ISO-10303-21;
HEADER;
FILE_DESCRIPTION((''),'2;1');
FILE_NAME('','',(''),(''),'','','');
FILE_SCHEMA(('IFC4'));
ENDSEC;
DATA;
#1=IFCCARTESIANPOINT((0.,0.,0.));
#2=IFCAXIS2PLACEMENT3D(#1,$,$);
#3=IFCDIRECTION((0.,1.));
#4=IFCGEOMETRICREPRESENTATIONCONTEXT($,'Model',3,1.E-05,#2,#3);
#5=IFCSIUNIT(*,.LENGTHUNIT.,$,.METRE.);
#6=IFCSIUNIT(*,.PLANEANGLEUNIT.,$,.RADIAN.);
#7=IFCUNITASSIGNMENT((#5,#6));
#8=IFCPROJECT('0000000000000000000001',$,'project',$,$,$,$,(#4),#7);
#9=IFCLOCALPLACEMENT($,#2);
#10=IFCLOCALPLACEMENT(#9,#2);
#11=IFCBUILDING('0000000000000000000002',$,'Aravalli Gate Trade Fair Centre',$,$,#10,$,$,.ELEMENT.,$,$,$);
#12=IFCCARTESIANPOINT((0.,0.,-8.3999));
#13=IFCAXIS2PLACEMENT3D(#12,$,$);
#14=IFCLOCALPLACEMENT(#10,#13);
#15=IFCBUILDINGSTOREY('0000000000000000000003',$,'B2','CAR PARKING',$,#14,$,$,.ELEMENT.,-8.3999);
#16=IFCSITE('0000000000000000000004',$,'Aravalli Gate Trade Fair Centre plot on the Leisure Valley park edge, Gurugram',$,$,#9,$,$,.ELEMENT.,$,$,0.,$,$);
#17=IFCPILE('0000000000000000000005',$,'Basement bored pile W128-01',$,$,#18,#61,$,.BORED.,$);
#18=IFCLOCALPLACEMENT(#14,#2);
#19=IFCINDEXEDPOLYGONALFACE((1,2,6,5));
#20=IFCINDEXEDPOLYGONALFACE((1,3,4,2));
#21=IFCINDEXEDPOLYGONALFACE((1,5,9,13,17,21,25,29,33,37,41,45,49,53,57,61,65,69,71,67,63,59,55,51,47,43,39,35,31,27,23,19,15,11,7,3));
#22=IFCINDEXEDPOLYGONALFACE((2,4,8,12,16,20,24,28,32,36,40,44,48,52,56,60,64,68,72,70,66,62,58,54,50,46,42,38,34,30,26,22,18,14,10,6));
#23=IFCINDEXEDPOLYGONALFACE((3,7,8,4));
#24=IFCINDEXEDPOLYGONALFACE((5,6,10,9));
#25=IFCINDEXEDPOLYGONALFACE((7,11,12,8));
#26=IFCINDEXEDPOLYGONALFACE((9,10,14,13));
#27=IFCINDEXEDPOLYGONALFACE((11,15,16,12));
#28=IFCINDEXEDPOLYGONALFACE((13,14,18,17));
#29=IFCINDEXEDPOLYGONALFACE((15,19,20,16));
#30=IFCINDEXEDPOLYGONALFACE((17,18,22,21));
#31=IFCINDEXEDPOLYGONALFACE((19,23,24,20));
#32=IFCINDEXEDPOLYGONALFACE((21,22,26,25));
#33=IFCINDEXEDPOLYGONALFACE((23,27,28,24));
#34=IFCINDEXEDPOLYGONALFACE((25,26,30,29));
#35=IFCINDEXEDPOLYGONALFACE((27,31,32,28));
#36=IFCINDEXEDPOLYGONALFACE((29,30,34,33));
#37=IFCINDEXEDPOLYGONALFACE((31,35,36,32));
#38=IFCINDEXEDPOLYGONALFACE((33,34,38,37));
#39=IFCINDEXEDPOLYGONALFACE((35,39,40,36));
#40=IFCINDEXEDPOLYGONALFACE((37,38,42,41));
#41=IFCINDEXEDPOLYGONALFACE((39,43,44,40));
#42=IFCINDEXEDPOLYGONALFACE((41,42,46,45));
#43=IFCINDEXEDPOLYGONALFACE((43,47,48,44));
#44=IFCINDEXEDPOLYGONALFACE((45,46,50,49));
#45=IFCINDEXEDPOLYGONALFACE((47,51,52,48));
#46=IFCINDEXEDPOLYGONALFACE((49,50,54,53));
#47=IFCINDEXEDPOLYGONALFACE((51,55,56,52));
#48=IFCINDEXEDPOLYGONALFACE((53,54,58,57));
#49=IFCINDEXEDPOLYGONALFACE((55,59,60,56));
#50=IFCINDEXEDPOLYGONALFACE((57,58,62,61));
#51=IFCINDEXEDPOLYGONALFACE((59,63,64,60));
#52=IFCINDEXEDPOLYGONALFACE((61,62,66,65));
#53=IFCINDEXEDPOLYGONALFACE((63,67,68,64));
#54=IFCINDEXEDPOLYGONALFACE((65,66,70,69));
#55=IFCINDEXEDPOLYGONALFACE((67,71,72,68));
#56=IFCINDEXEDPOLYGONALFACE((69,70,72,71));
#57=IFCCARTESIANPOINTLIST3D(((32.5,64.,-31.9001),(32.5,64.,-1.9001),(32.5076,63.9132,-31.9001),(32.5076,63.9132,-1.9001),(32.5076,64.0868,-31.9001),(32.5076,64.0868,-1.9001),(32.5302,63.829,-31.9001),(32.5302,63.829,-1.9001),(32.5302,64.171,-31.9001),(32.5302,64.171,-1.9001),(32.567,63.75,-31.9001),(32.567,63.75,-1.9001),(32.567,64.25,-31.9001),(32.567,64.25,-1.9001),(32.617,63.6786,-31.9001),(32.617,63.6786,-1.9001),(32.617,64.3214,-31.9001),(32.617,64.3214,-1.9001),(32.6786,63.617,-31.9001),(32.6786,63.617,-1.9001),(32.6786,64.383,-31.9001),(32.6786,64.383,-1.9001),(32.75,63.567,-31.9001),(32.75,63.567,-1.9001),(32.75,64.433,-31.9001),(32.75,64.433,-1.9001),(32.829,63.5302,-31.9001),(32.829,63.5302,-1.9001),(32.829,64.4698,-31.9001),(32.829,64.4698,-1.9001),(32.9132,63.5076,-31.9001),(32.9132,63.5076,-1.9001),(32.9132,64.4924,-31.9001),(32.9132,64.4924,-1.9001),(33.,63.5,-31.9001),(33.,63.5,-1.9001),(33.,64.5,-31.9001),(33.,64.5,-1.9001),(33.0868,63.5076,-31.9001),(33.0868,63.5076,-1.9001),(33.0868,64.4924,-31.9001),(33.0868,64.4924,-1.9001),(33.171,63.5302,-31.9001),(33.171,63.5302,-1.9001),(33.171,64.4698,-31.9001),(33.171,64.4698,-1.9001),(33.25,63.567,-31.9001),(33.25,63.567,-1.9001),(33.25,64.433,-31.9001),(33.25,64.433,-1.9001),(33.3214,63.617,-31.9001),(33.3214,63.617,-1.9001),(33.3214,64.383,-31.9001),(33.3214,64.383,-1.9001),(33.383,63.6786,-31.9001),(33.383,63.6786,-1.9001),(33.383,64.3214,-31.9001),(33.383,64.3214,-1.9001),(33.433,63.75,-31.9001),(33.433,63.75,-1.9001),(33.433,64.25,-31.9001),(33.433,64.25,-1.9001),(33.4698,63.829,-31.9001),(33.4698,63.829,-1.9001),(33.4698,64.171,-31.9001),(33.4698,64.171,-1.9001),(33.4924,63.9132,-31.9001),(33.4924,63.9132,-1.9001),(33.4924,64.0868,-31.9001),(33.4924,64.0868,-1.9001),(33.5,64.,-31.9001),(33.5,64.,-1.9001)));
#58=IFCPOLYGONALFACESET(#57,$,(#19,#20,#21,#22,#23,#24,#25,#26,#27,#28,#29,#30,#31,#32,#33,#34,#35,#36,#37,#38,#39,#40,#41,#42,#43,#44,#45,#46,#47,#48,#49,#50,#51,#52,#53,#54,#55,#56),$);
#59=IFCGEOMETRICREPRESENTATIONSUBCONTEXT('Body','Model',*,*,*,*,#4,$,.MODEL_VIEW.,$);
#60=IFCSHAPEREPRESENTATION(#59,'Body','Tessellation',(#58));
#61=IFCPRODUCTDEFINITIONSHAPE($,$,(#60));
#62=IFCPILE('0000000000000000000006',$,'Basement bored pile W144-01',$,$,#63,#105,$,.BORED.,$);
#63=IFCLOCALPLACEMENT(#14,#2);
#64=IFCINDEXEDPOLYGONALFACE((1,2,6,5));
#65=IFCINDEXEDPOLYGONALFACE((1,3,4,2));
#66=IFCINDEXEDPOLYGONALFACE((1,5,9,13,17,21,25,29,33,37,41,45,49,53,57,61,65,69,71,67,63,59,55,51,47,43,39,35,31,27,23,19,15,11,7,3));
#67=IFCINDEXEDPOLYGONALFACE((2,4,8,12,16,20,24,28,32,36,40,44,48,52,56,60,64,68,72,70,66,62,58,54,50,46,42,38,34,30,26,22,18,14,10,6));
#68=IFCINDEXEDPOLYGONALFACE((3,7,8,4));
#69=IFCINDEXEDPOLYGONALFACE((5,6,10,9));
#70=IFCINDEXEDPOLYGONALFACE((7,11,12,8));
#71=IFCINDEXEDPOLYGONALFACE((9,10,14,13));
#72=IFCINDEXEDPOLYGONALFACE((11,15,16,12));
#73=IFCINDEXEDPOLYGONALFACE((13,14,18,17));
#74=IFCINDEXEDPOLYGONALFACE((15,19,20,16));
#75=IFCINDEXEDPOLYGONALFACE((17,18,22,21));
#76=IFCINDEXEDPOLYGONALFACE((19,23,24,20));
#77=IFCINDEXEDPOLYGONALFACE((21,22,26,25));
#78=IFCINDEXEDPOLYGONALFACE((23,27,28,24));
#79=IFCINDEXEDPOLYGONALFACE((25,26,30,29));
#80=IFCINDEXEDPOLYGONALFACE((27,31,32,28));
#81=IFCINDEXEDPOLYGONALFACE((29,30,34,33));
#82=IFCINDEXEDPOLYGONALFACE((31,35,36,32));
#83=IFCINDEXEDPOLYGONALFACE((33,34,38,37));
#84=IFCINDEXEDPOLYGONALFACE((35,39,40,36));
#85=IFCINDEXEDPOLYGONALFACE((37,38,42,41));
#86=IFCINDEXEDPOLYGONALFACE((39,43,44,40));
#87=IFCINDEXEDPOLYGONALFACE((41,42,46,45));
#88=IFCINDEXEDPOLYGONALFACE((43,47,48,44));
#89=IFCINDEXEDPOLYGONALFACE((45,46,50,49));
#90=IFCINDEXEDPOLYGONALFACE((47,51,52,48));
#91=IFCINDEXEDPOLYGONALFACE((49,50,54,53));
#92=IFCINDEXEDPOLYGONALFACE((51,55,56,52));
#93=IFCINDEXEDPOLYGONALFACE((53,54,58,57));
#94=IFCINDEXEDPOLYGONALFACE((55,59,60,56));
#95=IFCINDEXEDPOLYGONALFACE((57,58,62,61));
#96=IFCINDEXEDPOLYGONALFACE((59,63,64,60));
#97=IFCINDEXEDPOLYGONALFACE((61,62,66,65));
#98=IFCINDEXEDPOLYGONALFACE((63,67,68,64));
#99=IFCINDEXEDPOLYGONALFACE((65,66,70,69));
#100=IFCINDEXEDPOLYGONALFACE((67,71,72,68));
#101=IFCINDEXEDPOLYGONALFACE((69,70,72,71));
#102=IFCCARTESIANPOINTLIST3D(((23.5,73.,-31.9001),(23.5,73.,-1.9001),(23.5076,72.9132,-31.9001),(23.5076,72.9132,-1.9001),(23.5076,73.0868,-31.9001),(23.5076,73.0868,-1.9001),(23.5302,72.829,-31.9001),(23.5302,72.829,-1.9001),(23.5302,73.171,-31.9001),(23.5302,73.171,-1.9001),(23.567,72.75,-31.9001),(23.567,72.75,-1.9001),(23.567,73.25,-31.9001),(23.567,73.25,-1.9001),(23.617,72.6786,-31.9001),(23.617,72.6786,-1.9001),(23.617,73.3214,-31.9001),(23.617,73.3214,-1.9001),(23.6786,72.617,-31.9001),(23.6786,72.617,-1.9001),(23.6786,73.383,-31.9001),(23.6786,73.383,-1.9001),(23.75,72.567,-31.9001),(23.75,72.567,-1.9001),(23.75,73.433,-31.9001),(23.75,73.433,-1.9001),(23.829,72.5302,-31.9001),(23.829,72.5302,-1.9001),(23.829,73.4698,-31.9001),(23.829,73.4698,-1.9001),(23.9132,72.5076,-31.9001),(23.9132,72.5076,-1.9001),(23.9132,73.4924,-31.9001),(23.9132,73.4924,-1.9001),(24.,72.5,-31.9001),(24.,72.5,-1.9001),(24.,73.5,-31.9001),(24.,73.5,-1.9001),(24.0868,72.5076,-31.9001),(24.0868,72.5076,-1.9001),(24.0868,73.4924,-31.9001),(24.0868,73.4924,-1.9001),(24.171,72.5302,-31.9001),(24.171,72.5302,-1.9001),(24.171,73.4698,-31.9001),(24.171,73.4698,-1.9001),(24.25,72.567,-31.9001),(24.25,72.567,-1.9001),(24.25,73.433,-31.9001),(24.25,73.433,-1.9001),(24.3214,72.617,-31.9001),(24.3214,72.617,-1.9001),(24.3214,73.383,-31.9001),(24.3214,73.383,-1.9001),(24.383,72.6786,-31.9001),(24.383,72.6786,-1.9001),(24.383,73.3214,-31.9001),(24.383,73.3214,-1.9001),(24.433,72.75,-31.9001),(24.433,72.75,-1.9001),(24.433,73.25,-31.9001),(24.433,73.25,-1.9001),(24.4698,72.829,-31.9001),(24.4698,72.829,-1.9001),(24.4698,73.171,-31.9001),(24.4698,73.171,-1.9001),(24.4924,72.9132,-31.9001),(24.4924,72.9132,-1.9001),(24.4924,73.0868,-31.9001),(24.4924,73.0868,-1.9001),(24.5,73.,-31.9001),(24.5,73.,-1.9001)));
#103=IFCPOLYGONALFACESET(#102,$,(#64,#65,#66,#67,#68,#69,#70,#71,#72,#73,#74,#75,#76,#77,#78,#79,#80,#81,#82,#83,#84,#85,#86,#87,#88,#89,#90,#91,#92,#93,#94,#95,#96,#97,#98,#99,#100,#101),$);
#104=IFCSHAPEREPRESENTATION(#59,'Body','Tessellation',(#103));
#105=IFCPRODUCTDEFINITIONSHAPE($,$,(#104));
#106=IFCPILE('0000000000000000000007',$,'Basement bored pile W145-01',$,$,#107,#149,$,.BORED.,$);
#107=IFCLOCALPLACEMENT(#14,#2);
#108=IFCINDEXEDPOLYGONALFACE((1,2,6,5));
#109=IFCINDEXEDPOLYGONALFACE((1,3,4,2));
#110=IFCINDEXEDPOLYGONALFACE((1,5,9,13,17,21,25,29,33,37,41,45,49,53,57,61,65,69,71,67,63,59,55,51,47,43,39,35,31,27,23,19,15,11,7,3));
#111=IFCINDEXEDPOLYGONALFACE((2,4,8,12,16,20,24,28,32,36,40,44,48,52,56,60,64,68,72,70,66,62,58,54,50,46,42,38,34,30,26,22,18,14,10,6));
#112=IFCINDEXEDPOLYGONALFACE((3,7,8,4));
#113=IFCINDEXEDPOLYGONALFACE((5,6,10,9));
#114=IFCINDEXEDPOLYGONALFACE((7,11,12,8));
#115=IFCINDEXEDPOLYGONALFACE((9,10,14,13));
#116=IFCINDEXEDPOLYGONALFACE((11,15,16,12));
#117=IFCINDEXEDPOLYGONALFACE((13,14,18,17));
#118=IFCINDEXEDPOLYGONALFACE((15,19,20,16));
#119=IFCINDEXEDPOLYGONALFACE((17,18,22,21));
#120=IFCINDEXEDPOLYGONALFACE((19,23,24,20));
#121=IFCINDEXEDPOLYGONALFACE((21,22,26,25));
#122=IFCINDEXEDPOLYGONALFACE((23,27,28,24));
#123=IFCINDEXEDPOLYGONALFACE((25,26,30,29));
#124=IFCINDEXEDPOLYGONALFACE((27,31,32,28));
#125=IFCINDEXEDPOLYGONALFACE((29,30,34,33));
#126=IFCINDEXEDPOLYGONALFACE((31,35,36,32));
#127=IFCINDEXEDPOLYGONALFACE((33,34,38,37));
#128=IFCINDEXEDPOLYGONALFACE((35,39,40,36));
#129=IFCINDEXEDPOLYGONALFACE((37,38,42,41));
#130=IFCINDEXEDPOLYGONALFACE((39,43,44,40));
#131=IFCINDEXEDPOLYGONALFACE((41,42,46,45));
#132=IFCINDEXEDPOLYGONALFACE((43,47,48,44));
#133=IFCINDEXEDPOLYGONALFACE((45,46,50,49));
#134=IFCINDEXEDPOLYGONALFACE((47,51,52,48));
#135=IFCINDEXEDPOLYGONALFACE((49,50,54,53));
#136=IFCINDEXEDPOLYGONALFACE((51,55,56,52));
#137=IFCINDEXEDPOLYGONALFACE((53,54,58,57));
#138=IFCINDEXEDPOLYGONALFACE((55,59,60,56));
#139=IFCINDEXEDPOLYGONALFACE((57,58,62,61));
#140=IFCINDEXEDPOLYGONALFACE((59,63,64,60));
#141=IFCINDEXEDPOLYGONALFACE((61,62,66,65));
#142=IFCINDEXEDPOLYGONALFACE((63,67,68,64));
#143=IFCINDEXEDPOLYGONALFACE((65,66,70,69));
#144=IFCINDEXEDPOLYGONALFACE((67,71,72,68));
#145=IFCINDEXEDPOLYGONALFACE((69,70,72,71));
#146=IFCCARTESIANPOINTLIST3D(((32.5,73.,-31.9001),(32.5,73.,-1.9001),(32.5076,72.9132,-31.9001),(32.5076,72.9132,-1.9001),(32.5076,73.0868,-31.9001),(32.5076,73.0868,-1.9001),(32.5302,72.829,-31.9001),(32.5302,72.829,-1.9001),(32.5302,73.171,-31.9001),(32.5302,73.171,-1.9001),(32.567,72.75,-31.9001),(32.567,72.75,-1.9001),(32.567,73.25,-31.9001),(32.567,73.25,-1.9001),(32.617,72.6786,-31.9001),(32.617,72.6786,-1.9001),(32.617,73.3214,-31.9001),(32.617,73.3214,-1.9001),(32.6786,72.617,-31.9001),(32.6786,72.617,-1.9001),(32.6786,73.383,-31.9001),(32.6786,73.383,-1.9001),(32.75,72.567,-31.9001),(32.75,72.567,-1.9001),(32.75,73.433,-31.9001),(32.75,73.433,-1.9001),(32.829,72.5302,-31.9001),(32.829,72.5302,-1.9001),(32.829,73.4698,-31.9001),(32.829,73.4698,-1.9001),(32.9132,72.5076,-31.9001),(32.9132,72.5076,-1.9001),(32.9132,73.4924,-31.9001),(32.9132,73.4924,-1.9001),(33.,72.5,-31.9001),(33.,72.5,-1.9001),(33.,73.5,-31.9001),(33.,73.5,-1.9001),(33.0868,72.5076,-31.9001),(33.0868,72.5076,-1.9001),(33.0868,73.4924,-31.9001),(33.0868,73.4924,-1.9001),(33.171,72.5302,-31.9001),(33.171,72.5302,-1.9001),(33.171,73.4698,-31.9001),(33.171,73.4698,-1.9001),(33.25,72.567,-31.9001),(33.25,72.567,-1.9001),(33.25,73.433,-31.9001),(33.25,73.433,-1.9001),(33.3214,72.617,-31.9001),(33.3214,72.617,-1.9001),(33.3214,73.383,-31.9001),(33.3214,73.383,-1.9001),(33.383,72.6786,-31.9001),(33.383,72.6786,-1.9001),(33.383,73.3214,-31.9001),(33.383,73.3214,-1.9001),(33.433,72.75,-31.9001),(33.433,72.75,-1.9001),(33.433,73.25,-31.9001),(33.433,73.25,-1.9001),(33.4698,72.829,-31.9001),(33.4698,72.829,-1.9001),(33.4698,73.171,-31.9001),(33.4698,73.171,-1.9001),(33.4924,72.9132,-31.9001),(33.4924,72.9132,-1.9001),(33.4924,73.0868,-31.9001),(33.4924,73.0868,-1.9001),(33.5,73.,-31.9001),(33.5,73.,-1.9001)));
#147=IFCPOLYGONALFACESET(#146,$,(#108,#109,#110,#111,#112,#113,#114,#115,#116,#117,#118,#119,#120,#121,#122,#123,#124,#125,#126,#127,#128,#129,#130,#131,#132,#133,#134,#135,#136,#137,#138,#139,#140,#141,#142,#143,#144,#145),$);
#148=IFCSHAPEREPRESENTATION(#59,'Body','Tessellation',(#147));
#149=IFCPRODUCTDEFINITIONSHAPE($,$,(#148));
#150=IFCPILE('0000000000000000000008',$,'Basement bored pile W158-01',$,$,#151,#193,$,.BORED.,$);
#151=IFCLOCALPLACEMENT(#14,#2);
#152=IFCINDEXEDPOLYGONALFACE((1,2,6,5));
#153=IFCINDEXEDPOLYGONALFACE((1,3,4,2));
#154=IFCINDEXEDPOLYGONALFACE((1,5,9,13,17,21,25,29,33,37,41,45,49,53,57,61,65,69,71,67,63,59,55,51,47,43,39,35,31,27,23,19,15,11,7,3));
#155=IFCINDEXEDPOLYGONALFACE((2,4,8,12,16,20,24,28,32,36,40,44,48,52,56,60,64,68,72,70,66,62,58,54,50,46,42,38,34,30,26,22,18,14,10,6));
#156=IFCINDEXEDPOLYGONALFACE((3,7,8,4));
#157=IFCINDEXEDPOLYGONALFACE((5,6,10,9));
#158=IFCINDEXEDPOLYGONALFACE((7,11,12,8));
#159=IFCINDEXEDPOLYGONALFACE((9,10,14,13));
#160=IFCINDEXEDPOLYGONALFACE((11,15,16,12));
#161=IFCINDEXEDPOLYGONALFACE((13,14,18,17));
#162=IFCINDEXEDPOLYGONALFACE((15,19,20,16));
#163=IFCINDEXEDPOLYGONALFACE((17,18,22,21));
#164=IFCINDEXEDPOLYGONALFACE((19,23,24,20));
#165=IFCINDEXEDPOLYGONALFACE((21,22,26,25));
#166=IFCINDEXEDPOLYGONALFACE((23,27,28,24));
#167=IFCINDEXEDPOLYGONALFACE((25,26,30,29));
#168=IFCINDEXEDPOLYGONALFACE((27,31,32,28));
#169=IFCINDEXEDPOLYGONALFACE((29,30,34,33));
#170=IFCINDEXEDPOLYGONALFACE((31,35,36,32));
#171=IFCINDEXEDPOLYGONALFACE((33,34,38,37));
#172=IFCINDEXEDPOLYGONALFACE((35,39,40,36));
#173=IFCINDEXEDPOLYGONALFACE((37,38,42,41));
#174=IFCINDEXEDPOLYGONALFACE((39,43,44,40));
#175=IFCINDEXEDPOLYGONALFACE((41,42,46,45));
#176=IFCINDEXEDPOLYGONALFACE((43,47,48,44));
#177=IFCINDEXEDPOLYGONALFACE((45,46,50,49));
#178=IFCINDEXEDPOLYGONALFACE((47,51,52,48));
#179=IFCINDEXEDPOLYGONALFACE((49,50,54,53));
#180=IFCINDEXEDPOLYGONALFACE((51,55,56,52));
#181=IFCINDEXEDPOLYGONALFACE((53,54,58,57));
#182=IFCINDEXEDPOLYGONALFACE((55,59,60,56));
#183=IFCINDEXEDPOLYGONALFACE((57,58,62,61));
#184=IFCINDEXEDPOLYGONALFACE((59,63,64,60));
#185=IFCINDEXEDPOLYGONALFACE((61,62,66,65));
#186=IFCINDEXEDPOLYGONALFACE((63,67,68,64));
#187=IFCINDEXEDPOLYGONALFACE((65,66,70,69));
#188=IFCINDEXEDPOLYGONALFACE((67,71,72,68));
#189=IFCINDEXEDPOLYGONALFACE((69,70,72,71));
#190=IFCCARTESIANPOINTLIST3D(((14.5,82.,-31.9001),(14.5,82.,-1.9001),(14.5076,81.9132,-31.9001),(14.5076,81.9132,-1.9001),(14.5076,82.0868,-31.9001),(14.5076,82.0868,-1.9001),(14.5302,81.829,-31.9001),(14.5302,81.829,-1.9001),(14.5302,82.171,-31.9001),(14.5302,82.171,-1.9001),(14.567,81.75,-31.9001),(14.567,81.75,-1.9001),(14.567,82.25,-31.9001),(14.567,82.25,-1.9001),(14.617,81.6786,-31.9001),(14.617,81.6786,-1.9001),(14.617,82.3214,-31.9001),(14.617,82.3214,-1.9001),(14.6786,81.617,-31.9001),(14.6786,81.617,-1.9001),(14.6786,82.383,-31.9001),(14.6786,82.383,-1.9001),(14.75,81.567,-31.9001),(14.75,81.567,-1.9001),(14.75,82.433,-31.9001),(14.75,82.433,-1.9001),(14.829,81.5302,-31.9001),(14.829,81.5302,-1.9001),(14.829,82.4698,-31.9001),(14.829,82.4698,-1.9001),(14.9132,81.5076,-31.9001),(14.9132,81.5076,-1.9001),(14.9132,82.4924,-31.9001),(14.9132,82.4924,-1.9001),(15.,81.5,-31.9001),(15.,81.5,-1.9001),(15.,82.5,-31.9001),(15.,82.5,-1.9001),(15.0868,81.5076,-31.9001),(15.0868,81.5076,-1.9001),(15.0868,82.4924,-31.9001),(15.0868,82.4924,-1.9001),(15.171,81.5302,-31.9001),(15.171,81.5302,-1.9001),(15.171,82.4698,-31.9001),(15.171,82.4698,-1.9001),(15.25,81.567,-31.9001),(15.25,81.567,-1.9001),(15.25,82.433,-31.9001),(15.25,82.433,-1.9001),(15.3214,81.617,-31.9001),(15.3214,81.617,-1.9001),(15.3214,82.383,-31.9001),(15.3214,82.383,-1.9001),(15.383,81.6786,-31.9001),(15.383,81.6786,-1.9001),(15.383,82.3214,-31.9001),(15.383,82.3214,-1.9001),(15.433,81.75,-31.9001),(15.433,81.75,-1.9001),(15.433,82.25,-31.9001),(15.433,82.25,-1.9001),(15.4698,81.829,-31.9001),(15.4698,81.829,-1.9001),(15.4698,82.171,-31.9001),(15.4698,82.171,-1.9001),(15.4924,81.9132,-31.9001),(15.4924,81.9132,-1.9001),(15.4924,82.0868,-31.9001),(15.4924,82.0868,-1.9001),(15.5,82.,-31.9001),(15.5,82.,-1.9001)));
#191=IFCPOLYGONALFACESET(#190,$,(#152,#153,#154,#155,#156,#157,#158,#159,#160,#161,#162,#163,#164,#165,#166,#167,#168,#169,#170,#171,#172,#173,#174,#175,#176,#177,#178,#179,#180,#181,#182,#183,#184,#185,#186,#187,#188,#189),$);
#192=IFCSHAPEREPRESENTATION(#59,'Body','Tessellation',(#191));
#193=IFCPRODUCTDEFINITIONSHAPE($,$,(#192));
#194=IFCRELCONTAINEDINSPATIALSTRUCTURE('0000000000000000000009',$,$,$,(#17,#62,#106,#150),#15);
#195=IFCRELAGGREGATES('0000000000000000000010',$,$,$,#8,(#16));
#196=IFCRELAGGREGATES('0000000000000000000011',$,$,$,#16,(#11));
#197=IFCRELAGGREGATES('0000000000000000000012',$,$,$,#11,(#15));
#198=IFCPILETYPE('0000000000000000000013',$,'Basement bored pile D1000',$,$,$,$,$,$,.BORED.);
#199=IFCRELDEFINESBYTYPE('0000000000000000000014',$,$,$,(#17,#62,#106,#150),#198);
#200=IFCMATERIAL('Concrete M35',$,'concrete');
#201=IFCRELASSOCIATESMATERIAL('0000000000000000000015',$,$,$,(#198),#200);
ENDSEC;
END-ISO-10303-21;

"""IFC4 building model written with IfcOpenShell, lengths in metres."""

from ifc_helpers import new_model, si_unit, direction, frame, origin, origin_2d, place, context, subcontext, project, spatial, circle, extrude, material, material_profile, profile_set, type_object, element, save


model = new_model("IFC4")

# Units and contexts
model_context = context("Model", 3, precision=1e-05, world=origin(), true_north=direction((0.0, 1.0)))
body_context = subcontext(model_context, "Body", "Model", "MODEL_VIEW")
ifc_project = project(units=[si_unit("LENGTHUNIT", "METRE"), si_unit("PLANEANGLEUNIT", "RADIAN")], contexts=[model_context])

# Site, building, storey
site_placement = place(None, origin())
site = spatial("IfcSite", under=ifc_project, at=site_placement, Name="Aravalli Gate Trade Fair Centre plot on the Leisure Valley park edge, Gurugram", CompositionType="ELEMENT", RefElevation=0.0)
building_placement = place(site_placement, origin())
building = spatial("IfcBuilding", under=site, at=building_placement, Name="Aravalli Gate Trade Fair Centre", CompositionType="ELEMENT")
storey_placement = place(building_placement, frame((0.0, 0.0, -8.3999)))
storey = spatial("IfcBuildingStorey", under=building, at=storey_placement, Name="B2", Description="CAR PARKING", CompositionType="ELEMENT", Elevation=-8.3999)

# Piles
ifc_material_1 = material(Name="Concrete M35", Category="concrete")
ifc_material_profile_1 = material_profile(ifc_material_1, circle(Radius=0.5, at=origin_2d()), Name="D1000")
ifc_profile_set_1 = profile_set([ifc_material_profile_1], Name="Concrete M35")
pile_type = type_object("IfcPileType", Name="Basement bored pile D1000", PredefinedType="BORED", material=ifc_profile_set_1)
for number, where, z_axis, x_axis, name in (
    (1, (33.0, 64.0, -1.9001), (0.0, 0.0, -1.0), (1.0, 0.0, 0.0), "Basement bored pile W128-01"),
    (2, (24.0, 73.0, -1.9001), (0.0, 0.0, -1.0), (1.0, 0.0, 0.0), "Basement bored pile W144-01"),
    (3, (33.0, 73.0, -1.9001), (0.0, 0.0, -1.0), (1.0, 0.0, 0.0), "Basement bored pile W145-01"),
    (4, (15.0, 82.0, -1.9001), (0.0, 0.0, -1.0), (1.0, 0.0, 0.0), "Basement bored pile W158-01"),
):
    element("IfcPile", number, at=place(storey_placement, frame(where, z_axis=z_axis, x_axis=x_axis)), inside=storey, type_object=pile_type, Name=name, PredefinedType="BORED", context=body_context, shape_type="SweptSolid", body=[
        extrude(circle(Radius=0.5, at=origin_2d()), origin(), (0.0, 0.0, 1.0), 30.0),
    ])

save(model, "model.ifc")
